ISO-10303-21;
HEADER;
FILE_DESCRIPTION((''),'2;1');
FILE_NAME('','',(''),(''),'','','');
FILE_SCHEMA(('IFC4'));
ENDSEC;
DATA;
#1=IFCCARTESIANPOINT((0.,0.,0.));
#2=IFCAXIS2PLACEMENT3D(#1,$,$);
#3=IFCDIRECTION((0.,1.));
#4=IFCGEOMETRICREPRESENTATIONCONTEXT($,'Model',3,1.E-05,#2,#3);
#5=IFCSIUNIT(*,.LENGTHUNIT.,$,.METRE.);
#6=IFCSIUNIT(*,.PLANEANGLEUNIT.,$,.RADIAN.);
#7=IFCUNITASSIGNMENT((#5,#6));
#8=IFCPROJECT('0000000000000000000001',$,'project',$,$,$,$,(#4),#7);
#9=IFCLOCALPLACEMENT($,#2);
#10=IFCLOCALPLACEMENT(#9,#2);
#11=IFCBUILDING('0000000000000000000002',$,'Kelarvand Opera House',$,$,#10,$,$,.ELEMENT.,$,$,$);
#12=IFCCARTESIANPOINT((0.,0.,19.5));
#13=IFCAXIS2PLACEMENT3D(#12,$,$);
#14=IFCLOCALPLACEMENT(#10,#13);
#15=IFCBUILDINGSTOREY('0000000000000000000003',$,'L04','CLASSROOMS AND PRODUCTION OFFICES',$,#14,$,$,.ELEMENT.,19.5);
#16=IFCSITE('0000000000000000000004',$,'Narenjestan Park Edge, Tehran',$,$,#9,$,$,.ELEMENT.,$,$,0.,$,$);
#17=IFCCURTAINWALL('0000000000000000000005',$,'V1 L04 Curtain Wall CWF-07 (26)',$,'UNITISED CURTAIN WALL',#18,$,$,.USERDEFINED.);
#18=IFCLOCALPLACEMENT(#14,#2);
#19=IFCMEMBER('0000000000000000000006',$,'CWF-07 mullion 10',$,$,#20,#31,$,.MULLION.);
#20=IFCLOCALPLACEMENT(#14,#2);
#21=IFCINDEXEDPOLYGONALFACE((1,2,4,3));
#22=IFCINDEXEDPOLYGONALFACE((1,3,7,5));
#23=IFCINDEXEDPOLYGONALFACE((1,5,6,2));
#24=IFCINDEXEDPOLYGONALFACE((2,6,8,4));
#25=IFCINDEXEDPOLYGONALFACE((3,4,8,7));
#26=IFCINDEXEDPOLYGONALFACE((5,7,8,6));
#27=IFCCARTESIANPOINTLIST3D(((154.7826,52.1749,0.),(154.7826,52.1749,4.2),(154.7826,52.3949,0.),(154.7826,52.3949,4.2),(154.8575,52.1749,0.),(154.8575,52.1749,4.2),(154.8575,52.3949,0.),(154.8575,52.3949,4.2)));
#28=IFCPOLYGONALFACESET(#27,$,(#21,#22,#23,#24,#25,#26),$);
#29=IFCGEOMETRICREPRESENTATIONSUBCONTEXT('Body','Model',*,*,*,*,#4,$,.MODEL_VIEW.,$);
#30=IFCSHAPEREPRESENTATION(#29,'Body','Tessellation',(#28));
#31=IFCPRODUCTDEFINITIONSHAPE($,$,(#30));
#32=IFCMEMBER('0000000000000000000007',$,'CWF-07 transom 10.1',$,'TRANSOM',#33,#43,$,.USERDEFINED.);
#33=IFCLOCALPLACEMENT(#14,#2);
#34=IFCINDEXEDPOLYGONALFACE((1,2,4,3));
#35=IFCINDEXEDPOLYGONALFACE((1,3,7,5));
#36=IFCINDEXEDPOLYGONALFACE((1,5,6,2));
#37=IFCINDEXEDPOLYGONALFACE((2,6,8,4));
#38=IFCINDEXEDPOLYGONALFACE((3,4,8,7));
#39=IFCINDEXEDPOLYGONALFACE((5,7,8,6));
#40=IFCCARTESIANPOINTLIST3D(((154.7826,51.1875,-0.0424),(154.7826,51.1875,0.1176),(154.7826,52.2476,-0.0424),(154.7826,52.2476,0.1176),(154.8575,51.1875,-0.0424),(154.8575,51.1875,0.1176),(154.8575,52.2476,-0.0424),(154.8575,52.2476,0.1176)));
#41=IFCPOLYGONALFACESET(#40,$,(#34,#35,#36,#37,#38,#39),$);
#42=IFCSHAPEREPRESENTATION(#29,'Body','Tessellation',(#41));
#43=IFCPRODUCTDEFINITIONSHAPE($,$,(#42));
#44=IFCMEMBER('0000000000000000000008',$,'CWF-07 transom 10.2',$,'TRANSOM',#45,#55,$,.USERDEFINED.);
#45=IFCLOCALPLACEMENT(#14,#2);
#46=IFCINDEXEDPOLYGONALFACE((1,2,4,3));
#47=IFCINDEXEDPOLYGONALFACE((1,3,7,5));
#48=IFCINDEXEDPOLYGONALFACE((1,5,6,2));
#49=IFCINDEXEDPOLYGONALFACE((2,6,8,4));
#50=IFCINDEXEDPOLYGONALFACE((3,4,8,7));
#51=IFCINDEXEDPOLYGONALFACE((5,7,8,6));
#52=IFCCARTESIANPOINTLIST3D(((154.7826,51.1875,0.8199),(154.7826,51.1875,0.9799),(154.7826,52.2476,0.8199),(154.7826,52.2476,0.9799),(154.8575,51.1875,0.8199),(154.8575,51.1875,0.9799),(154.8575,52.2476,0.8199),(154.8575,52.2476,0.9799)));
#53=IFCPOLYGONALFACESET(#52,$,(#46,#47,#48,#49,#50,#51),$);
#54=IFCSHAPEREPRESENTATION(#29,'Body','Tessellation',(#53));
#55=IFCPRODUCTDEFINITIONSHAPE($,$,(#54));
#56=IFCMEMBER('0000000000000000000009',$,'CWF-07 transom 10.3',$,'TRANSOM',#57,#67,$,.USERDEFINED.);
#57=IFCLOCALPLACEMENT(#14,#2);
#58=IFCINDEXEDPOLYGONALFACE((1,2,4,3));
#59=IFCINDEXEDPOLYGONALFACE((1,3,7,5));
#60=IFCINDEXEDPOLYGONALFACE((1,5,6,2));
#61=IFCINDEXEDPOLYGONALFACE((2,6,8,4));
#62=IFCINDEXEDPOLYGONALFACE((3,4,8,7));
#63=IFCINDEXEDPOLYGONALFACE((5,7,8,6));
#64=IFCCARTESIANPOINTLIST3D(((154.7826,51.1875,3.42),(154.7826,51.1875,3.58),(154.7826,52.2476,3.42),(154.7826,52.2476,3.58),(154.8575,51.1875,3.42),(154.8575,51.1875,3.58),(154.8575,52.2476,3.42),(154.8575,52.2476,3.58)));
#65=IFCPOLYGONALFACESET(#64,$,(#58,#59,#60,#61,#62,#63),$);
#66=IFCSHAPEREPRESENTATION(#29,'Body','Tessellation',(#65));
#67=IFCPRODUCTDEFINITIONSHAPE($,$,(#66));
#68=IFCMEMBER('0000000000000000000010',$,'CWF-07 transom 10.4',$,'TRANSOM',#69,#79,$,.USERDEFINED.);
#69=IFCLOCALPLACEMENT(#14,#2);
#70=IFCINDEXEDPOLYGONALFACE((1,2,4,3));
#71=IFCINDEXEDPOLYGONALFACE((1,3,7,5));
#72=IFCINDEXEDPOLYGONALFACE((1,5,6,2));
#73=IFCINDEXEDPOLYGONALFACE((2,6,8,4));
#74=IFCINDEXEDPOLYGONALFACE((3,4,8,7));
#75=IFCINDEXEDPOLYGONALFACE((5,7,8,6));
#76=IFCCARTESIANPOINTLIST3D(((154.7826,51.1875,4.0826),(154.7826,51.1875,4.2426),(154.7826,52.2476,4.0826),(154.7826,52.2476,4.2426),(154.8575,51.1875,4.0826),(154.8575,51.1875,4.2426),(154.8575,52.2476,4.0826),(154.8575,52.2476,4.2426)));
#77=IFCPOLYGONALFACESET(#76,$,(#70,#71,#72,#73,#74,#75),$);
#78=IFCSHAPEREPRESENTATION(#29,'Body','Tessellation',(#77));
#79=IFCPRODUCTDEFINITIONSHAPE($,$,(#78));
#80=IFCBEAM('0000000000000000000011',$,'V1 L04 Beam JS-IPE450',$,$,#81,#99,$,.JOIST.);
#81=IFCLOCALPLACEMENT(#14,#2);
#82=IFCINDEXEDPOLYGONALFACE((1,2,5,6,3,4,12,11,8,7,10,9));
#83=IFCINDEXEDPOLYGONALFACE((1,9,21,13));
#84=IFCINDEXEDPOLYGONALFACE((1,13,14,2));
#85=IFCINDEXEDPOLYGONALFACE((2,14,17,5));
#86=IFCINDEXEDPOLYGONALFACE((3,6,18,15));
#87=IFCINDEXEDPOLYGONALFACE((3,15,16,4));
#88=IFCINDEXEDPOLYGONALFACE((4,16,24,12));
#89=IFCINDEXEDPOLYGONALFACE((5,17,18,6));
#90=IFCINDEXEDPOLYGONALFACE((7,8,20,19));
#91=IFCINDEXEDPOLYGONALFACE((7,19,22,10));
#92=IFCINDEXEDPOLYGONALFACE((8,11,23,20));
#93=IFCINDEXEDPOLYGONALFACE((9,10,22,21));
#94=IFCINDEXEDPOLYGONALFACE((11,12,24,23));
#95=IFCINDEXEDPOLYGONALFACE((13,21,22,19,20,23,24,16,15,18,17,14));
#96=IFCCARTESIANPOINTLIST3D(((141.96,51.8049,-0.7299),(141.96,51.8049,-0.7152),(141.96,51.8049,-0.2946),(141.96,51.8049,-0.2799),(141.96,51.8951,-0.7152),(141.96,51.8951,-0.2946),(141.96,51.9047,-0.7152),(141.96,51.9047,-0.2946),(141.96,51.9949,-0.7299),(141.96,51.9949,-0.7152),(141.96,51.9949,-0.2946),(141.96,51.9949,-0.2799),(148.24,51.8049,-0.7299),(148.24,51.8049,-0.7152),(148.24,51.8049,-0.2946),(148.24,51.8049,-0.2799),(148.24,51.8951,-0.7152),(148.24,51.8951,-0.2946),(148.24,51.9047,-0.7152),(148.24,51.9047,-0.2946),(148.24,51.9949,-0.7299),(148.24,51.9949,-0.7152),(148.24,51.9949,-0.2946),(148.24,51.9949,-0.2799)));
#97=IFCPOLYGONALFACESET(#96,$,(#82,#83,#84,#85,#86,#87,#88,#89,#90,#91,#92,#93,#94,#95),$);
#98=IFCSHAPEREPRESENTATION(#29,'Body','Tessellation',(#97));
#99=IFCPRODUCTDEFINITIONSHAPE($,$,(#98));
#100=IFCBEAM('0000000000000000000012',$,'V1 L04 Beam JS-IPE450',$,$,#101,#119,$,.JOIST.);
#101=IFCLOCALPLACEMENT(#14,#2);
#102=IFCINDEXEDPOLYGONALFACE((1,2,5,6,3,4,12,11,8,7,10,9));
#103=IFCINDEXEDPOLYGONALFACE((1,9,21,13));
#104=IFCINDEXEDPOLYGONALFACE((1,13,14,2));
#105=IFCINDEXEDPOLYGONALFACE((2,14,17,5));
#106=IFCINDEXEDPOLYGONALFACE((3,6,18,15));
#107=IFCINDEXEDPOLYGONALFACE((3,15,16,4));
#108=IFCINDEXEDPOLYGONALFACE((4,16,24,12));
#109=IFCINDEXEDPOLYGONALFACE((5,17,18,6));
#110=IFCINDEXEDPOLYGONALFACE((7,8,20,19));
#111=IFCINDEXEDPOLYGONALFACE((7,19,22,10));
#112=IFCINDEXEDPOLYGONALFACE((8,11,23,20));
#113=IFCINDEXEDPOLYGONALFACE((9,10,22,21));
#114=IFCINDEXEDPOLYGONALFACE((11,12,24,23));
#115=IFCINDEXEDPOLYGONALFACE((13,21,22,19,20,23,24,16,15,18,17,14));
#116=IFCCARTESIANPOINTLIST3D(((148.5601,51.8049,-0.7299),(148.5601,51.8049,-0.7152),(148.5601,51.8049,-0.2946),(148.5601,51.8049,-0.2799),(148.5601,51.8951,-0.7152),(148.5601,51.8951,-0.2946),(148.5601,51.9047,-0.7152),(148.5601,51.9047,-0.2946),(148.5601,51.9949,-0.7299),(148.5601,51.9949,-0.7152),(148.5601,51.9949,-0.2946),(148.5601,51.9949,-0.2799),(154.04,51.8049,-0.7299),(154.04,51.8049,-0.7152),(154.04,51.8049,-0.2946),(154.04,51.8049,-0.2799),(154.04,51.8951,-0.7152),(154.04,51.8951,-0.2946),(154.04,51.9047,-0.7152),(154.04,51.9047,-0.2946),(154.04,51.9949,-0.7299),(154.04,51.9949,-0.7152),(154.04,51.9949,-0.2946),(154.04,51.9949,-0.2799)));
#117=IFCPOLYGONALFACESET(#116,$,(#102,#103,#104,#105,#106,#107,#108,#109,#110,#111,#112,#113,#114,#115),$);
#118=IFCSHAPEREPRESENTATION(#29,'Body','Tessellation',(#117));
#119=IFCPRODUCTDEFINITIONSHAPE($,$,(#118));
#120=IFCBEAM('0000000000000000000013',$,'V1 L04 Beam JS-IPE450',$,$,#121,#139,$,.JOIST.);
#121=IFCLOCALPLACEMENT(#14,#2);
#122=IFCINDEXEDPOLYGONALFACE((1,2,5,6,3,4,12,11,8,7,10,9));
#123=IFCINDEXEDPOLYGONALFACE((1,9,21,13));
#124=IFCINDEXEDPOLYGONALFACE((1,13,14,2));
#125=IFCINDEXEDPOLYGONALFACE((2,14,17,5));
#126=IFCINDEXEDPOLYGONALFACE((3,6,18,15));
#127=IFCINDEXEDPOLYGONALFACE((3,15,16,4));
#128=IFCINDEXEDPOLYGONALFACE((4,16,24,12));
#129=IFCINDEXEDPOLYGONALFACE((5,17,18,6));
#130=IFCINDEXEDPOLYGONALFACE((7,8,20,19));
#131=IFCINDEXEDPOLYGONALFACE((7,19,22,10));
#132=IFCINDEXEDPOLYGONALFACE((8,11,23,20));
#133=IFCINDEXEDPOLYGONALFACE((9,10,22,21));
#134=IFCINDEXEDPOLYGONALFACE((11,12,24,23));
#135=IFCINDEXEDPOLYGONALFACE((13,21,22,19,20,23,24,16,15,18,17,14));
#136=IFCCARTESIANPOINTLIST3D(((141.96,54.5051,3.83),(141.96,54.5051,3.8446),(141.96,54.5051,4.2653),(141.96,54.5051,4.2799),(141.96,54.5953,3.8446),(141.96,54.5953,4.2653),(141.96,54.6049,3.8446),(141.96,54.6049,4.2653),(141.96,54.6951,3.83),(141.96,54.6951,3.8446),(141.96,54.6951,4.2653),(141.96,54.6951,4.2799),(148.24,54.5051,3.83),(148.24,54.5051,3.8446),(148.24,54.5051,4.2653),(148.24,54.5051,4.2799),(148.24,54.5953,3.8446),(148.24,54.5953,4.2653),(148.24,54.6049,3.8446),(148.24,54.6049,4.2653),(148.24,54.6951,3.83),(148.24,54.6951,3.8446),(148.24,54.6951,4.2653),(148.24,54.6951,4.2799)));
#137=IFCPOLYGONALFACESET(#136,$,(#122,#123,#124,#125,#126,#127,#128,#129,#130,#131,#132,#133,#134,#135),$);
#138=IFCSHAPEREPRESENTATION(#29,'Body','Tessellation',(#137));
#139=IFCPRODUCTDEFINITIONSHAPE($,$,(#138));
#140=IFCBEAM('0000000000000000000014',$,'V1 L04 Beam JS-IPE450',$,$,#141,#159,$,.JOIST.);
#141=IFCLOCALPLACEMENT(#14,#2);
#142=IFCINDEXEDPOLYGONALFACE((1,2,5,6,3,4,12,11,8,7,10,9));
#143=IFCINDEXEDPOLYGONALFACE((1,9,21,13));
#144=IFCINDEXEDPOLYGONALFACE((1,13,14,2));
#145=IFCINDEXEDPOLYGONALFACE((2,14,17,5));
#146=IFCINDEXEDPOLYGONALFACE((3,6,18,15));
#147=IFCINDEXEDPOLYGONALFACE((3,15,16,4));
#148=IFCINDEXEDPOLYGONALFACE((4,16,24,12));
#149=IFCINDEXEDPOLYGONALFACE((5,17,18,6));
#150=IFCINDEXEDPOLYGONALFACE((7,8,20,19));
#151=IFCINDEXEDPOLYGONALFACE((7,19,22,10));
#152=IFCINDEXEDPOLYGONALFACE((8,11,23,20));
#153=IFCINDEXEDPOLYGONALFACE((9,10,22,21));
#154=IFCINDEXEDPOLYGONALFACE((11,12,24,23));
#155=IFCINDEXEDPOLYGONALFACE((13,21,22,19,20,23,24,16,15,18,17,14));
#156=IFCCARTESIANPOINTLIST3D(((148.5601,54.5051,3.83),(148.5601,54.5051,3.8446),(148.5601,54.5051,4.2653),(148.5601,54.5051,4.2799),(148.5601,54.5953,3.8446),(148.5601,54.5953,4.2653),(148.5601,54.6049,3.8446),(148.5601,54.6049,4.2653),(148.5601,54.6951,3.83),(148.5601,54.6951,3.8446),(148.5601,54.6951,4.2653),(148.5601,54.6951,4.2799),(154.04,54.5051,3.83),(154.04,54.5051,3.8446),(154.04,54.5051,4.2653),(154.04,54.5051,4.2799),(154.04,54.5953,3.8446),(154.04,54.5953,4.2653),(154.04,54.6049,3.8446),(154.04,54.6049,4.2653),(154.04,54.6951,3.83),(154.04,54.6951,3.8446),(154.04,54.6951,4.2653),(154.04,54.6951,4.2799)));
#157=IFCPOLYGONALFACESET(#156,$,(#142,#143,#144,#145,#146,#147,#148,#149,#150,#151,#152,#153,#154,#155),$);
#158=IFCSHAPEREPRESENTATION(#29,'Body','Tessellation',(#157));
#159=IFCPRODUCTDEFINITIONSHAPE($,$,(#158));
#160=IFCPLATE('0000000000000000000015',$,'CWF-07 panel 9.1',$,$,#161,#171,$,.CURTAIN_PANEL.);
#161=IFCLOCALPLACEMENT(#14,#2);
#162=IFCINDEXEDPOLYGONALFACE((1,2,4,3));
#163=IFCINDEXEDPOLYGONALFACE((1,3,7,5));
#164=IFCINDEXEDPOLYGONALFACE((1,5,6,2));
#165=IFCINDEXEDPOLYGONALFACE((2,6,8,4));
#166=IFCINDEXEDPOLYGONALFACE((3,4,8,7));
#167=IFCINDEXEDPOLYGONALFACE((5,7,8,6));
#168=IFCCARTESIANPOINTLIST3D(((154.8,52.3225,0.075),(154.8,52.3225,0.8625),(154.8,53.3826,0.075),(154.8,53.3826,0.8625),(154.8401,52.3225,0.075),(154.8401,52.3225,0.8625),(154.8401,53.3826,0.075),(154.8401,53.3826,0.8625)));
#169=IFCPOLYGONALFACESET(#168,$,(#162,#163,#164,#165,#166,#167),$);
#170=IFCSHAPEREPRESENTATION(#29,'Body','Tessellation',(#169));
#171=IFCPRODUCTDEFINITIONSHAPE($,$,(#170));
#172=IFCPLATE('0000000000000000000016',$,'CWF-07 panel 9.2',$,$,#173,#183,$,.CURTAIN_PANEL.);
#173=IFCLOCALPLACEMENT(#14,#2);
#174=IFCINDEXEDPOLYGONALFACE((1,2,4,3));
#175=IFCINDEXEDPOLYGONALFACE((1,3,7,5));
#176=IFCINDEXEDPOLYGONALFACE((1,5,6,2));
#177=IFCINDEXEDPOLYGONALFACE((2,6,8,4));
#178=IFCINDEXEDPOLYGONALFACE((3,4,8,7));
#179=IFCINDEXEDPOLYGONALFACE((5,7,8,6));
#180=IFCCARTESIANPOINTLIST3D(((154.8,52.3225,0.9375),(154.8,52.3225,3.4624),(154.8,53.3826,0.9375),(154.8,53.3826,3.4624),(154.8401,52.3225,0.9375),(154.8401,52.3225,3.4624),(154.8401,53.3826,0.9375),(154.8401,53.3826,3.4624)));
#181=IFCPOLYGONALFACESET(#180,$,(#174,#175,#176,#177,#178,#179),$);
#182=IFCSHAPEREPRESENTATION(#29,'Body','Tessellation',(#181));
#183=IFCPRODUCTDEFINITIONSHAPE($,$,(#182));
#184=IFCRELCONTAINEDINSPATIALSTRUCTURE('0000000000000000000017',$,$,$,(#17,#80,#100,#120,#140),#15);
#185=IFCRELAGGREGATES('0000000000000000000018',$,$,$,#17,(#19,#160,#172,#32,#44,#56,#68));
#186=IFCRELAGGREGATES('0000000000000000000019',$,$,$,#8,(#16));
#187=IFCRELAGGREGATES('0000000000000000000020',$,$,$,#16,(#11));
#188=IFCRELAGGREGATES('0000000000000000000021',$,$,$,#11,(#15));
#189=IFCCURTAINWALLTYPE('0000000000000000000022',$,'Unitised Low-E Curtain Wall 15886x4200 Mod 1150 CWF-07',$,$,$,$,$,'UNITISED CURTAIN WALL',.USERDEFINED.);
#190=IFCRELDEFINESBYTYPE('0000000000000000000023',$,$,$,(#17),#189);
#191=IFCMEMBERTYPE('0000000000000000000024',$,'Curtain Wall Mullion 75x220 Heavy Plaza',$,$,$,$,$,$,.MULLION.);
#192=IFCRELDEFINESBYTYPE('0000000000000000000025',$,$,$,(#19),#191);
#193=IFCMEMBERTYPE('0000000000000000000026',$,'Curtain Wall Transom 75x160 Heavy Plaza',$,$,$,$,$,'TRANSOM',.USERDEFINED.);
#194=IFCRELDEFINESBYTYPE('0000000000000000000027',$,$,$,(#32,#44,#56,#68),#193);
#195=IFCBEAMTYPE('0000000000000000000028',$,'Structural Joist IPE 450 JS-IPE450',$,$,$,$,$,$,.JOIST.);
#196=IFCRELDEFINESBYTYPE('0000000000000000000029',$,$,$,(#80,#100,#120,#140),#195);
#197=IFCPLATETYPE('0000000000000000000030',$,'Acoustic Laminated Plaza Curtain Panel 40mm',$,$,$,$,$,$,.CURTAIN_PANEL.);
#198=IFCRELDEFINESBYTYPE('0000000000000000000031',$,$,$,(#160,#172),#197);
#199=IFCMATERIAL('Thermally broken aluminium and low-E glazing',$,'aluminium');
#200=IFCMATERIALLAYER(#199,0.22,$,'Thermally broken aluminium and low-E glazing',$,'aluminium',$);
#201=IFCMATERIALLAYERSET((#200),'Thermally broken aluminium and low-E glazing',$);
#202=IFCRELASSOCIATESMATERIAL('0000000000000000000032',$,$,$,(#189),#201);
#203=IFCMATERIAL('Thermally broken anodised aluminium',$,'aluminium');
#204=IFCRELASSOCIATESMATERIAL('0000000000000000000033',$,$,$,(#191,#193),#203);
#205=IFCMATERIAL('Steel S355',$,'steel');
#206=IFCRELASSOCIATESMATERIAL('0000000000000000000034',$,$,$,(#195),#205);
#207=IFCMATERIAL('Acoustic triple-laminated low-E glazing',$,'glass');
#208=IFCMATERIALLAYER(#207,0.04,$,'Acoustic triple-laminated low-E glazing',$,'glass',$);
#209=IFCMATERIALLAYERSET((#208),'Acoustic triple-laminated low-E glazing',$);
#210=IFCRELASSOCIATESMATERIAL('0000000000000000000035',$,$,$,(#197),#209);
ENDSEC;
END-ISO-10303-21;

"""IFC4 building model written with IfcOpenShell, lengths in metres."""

from ifc_helpers import new_model, si_unit, direction, frame, origin, origin_2d, place, context, subcontext, project, spatial, rectangle, i_section, extrude, material, layer, layer_set, material_profile, profile_set, type_object, element, aggregate, save


model = new_model("IFC4")

# Units and contexts
model_context = context("Model", 3, precision=1e-05, world=origin(), true_north=direction((0.0, 1.0)))
body_context = subcontext(model_context, "Body", "Model", "MODEL_VIEW")
ifc_project = project(units=[si_unit("LENGTHUNIT", "METRE"), si_unit("PLANEANGLEUNIT", "RADIAN")], contexts=[model_context])

# Site, building, storey
site_placement = place(None, origin())
site = spatial("IfcSite", under=ifc_project, at=site_placement, Name="Narenjestan Park Edge, Tehran", CompositionType="ELEMENT", RefElevation=0.0)
building_placement = place(site_placement, origin())
building = spatial("IfcBuilding", under=site, at=building_placement, Name="Kelarvand Opera House", CompositionType="ELEMENT")
storey_placement = place(building_placement, frame((0.0, 0.0, 19.5)))
storey = spatial("IfcBuildingStorey", under=building, at=storey_placement, Name="L04", Description="CLASSROOMS AND PRODUCTION OFFICES", CompositionType="ELEMENT", Elevation=19.5)

# Curtain wall, members
ifc_material_1 = material(Name="Thermally broken aluminium and low-E glazing", Category="aluminium")
ifc_layer_1 = layer(ifc_material_1, 0.22, Name="Thermally broken aluminium and low-E glazing", Category="aluminium")
ifc_layer_set_1 = layer_set([ifc_layer_1], Name="Thermally broken aluminium and low-E glazing")
curtain_wall_type = type_object("IfcCurtainWallType", Name="Unitised Low-E Curtain Wall 15886x4200 Mod 1150 CWF-07", ElementType="UNITISED CURTAIN WALL", PredefinedType="USERDEFINED", material=ifc_layer_set_1)
curtain_wall_placement = place(storey_placement, origin())
curtain_wall = element("IfcCurtainWall", 1, at=curtain_wall_placement, inside=storey, type_object=curtain_wall_type, Name="V1 L04 Curtain Wall CWF-07 (26)", ObjectType="UNITISED CURTAIN WALL", PredefinedType="USERDEFINED")
ifc_material_2 = material(Name="Thermally broken anodised aluminium", Category="aluminium")
ifc_material_profile_1 = material_profile(ifc_material_2, rectangle(XDim=0.075, YDim=0.22, at=origin_2d()), Name="ALU MULLION 75x220", Category="aluminium")
ifc_profile_set_1 = profile_set([ifc_material_profile_1], Name="Thermally broken anodised aluminium")
member_type_1 = type_object("IfcMemberType", Name="Curtain Wall Mullion 75x220 Heavy Plaza", PredefinedType="MULLION", material=ifc_profile_set_1)
member_1_placement = place(storey_placement, frame((154.8201, 52.2849, 0.0), z_axis=(0.0, 0.0, 1.0), x_axis=(1.0, 0.0, 0.0)))
member_1 = element("IfcMember", 2, at=member_1_placement, type_object=member_type_1, Name="CWF-07 mullion 10", PredefinedType="MULLION", context=body_context, shape_type="SweptSolid", body=[
    extrude(rectangle(XDim=0.075, YDim=0.22, at=origin_2d()), origin(), (0.0, 0.0, 1.0), 4.2),
])
ifc_material_profile_2 = material_profile(ifc_material_2, rectangle(XDim=0.075, YDim=0.1599, at=origin_2d()), Name="ALU TRANSOM 75x160", Category="aluminium")
ifc_profile_set_2 = profile_set([ifc_material_profile_2], Name="Thermally broken anodised aluminium")
member_type_2 = type_object("IfcMemberType", Name="Curtain Wall Transom 75x160 Heavy Plaza", ElementType="TRANSOM", PredefinedType="USERDEFINED", material=ifc_profile_set_2)
member_2_placement = place(storey_placement, frame((154.8201, 52.2476, 0.0376), z_axis=(0.0, -1.0, 0.0), x_axis=(1.0, 0.0, 0.0)))
member_2 = element("IfcMember", 3, at=member_2_placement, type_object=member_type_2, Name="CWF-07 transom 10.1", ObjectType="TRANSOM", PredefinedType="USERDEFINED", context=body_context, shape_type="SweptSolid", body=[
    extrude(rectangle(XDim=0.075, YDim=0.1599, at=origin_2d()), origin(), (0.0, 0.0, 1.0), 1.0601),
])
member_3_placement = place(storey_placement, frame((154.8201, 52.2476, 0.8999), z_axis=(0.0, -1.0, 0.0), x_axis=(1.0, 0.0, 0.0)))
member_3 = element("IfcMember", 4, at=member_3_placement, type_object=member_type_2, Name="CWF-07 transom 10.2", ObjectType="TRANSOM", PredefinedType="USERDEFINED", context=body_context, shape_type="SweptSolid", body=[
    extrude(rectangle(XDim=0.075, YDim=0.1599, at=origin_2d()), origin(), (0.0, 0.0, 1.0), 1.0601),
])
member_4_placement = place(storey_placement, frame((154.8201, 52.2476, 3.5), z_axis=(0.0, -1.0, 0.0), x_axis=(1.0, 0.0, 0.0)))
member_4 = element("IfcMember", 5, at=member_4_placement, type_object=member_type_2, Name="CWF-07 transom 10.3", ObjectType="TRANSOM", PredefinedType="USERDEFINED", context=body_context, shape_type="SweptSolid", body=[
    extrude(rectangle(XDim=0.075, YDim=0.1599, at=origin_2d()), origin(), (0.0, 0.0, 1.0), 1.0601),
])
member_5_placement = place(storey_placement, frame((154.8201, 52.2476, 4.1626), z_axis=(0.0, -1.0, 0.0), x_axis=(1.0, 0.0, 0.0)))
member_5 = element("IfcMember", 6, at=member_5_placement, type_object=member_type_2, Name="CWF-07 transom 10.4", ObjectType="TRANSOM", PredefinedType="USERDEFINED", context=body_context, shape_type="SweptSolid", body=[
    extrude(rectangle(XDim=0.075, YDim=0.1599, at=origin_2d()), origin(), (0.0, 0.0, 1.0), 1.0601),
])

# Beams
ifc_material_3 = material(Name="Steel S355", Category="steel")
ifc_material_profile_3 = material_profile(ifc_material_3, i_section(OverallWidth=0.1899, OverallDepth=0.45, WebThickness=0.0095, FlangeThickness=0.0146, at=origin_2d()), Name="IPE 450", Category="steel")
ifc_profile_set_3 = profile_set([ifc_material_profile_3], Name="Steel S355")
beam_type = type_object("IfcBeamType", Name="Structural Joist IPE 450 JS-IPE450", PredefinedType="JOIST", material=ifc_profile_set_3)
beam_1_placement = place(storey_placement, frame((141.96, 51.8999, -0.5049), z_axis=(1.0, 0.0, 0.0), x_axis=(0.0, 1.0, 0.0)))
element("IfcBeam", 7, at=beam_1_placement, inside=storey, type_object=beam_type, Name="V1 L04 Beam JS-IPE450", PredefinedType="JOIST", context=body_context, shape_type="SweptSolid", body=[
    extrude(i_section(OverallWidth=0.1899, OverallDepth=0.45, WebThickness=0.0095, FlangeThickness=0.0146, at=origin_2d()), origin(), (0.0, 0.0, 1.0), 6.28),
])
beam_2_placement = place(storey_placement, frame((148.5601, 51.8999, -0.5049), z_axis=(1.0, 0.0, 0.0), x_axis=(0.0, 1.0, 0.0)))
element("IfcBeam", 8, at=beam_2_placement, inside=storey, type_object=beam_type, Name="V1 L04 Beam JS-IPE450", PredefinedType="JOIST", context=body_context, shape_type="SweptSolid", body=[
    extrude(i_section(OverallWidth=0.1899, OverallDepth=0.45, WebThickness=0.0095, FlangeThickness=0.0146, at=origin_2d()), origin(), (0.0, 0.0, 1.0), 5.48),
])
beam_3_placement = place(storey_placement, frame((141.96, 54.6001, 4.0549), z_axis=(1.0, 0.0, 0.0), x_axis=(0.0, 1.0, 0.0)))
element("IfcBeam", 9, at=beam_3_placement, inside=storey, type_object=beam_type, Name="V1 L04 Beam JS-IPE450", PredefinedType="JOIST", context=body_context, shape_type="SweptSolid", body=[
    extrude(i_section(OverallWidth=0.1899, OverallDepth=0.45, WebThickness=0.0095, FlangeThickness=0.0146, at=origin_2d()), origin(), (0.0, 0.0, 1.0), 6.28),
])
beam_4_placement = place(storey_placement, frame((148.5601, 54.6001, 4.0549), z_axis=(1.0, 0.0, 0.0), x_axis=(0.0, 1.0, 0.0)))
element("IfcBeam", 10, at=beam_4_placement, inside=storey, type_object=beam_type, Name="V1 L04 Beam JS-IPE450", PredefinedType="JOIST", context=body_context, shape_type="SweptSolid", body=[
    extrude(i_section(OverallWidth=0.1899, OverallDepth=0.45, WebThickness=0.0095, FlangeThickness=0.0146, at=origin_2d()), origin(), (0.0, 0.0, 1.0), 5.48),
])

# Plates
ifc_material_4 = material(Name="Acoustic triple-laminated low-E glazing", Category="glass")
ifc_layer_2 = layer(ifc_material_4, 0.04, Name="Acoustic triple-laminated low-E glazing", Category="glass")
ifc_layer_set_2 = layer_set([ifc_layer_2], Name="Acoustic triple-laminated low-E glazing")
plate_type = type_object("IfcPlateType", Name="Acoustic Laminated Plaza Curtain Panel 40mm", PredefinedType="CURTAIN_PANEL", material=ifc_layer_set_2)
plate_1_placement = place(storey_placement, frame((154.8201, 52.8525, 0.075), z_axis=(0.0, 0.0, 1.0), x_axis=(0.0, -1.0, 0.0)))
plate_1 = element("IfcPlate", 11, at=plate_1_placement, type_object=plate_type, Name="CWF-07 panel 9.1", PredefinedType="CURTAIN_PANEL", context=body_context, shape_type="SweptSolid", body=[
    extrude(rectangle(XDim=1.0601, YDim=0.04, at=origin_2d()), origin(), (0.0, 0.0, 1.0), 0.7876),
])
plate_2_placement = place(storey_placement, frame((154.8201, 52.8525, 0.9375), z_axis=(0.0, 0.0, 1.0), x_axis=(0.0, -1.0, 0.0)))
plate_2 = element("IfcPlate", 12, at=plate_2_placement, type_object=plate_type, Name="CWF-07 panel 9.2", PredefinedType="CURTAIN_PANEL", context=body_context, shape_type="SweptSolid", body=[
    extrude(rectangle(XDim=1.0601, YDim=0.04, at=origin_2d()), origin(), (0.0, 0.0, 1.0), 2.5249),
])
aggregate(curtain_wall, [member_1, plate_1, plate_2, member_2, member_3, member_4, member_5])

save(model, "model.ifc")
